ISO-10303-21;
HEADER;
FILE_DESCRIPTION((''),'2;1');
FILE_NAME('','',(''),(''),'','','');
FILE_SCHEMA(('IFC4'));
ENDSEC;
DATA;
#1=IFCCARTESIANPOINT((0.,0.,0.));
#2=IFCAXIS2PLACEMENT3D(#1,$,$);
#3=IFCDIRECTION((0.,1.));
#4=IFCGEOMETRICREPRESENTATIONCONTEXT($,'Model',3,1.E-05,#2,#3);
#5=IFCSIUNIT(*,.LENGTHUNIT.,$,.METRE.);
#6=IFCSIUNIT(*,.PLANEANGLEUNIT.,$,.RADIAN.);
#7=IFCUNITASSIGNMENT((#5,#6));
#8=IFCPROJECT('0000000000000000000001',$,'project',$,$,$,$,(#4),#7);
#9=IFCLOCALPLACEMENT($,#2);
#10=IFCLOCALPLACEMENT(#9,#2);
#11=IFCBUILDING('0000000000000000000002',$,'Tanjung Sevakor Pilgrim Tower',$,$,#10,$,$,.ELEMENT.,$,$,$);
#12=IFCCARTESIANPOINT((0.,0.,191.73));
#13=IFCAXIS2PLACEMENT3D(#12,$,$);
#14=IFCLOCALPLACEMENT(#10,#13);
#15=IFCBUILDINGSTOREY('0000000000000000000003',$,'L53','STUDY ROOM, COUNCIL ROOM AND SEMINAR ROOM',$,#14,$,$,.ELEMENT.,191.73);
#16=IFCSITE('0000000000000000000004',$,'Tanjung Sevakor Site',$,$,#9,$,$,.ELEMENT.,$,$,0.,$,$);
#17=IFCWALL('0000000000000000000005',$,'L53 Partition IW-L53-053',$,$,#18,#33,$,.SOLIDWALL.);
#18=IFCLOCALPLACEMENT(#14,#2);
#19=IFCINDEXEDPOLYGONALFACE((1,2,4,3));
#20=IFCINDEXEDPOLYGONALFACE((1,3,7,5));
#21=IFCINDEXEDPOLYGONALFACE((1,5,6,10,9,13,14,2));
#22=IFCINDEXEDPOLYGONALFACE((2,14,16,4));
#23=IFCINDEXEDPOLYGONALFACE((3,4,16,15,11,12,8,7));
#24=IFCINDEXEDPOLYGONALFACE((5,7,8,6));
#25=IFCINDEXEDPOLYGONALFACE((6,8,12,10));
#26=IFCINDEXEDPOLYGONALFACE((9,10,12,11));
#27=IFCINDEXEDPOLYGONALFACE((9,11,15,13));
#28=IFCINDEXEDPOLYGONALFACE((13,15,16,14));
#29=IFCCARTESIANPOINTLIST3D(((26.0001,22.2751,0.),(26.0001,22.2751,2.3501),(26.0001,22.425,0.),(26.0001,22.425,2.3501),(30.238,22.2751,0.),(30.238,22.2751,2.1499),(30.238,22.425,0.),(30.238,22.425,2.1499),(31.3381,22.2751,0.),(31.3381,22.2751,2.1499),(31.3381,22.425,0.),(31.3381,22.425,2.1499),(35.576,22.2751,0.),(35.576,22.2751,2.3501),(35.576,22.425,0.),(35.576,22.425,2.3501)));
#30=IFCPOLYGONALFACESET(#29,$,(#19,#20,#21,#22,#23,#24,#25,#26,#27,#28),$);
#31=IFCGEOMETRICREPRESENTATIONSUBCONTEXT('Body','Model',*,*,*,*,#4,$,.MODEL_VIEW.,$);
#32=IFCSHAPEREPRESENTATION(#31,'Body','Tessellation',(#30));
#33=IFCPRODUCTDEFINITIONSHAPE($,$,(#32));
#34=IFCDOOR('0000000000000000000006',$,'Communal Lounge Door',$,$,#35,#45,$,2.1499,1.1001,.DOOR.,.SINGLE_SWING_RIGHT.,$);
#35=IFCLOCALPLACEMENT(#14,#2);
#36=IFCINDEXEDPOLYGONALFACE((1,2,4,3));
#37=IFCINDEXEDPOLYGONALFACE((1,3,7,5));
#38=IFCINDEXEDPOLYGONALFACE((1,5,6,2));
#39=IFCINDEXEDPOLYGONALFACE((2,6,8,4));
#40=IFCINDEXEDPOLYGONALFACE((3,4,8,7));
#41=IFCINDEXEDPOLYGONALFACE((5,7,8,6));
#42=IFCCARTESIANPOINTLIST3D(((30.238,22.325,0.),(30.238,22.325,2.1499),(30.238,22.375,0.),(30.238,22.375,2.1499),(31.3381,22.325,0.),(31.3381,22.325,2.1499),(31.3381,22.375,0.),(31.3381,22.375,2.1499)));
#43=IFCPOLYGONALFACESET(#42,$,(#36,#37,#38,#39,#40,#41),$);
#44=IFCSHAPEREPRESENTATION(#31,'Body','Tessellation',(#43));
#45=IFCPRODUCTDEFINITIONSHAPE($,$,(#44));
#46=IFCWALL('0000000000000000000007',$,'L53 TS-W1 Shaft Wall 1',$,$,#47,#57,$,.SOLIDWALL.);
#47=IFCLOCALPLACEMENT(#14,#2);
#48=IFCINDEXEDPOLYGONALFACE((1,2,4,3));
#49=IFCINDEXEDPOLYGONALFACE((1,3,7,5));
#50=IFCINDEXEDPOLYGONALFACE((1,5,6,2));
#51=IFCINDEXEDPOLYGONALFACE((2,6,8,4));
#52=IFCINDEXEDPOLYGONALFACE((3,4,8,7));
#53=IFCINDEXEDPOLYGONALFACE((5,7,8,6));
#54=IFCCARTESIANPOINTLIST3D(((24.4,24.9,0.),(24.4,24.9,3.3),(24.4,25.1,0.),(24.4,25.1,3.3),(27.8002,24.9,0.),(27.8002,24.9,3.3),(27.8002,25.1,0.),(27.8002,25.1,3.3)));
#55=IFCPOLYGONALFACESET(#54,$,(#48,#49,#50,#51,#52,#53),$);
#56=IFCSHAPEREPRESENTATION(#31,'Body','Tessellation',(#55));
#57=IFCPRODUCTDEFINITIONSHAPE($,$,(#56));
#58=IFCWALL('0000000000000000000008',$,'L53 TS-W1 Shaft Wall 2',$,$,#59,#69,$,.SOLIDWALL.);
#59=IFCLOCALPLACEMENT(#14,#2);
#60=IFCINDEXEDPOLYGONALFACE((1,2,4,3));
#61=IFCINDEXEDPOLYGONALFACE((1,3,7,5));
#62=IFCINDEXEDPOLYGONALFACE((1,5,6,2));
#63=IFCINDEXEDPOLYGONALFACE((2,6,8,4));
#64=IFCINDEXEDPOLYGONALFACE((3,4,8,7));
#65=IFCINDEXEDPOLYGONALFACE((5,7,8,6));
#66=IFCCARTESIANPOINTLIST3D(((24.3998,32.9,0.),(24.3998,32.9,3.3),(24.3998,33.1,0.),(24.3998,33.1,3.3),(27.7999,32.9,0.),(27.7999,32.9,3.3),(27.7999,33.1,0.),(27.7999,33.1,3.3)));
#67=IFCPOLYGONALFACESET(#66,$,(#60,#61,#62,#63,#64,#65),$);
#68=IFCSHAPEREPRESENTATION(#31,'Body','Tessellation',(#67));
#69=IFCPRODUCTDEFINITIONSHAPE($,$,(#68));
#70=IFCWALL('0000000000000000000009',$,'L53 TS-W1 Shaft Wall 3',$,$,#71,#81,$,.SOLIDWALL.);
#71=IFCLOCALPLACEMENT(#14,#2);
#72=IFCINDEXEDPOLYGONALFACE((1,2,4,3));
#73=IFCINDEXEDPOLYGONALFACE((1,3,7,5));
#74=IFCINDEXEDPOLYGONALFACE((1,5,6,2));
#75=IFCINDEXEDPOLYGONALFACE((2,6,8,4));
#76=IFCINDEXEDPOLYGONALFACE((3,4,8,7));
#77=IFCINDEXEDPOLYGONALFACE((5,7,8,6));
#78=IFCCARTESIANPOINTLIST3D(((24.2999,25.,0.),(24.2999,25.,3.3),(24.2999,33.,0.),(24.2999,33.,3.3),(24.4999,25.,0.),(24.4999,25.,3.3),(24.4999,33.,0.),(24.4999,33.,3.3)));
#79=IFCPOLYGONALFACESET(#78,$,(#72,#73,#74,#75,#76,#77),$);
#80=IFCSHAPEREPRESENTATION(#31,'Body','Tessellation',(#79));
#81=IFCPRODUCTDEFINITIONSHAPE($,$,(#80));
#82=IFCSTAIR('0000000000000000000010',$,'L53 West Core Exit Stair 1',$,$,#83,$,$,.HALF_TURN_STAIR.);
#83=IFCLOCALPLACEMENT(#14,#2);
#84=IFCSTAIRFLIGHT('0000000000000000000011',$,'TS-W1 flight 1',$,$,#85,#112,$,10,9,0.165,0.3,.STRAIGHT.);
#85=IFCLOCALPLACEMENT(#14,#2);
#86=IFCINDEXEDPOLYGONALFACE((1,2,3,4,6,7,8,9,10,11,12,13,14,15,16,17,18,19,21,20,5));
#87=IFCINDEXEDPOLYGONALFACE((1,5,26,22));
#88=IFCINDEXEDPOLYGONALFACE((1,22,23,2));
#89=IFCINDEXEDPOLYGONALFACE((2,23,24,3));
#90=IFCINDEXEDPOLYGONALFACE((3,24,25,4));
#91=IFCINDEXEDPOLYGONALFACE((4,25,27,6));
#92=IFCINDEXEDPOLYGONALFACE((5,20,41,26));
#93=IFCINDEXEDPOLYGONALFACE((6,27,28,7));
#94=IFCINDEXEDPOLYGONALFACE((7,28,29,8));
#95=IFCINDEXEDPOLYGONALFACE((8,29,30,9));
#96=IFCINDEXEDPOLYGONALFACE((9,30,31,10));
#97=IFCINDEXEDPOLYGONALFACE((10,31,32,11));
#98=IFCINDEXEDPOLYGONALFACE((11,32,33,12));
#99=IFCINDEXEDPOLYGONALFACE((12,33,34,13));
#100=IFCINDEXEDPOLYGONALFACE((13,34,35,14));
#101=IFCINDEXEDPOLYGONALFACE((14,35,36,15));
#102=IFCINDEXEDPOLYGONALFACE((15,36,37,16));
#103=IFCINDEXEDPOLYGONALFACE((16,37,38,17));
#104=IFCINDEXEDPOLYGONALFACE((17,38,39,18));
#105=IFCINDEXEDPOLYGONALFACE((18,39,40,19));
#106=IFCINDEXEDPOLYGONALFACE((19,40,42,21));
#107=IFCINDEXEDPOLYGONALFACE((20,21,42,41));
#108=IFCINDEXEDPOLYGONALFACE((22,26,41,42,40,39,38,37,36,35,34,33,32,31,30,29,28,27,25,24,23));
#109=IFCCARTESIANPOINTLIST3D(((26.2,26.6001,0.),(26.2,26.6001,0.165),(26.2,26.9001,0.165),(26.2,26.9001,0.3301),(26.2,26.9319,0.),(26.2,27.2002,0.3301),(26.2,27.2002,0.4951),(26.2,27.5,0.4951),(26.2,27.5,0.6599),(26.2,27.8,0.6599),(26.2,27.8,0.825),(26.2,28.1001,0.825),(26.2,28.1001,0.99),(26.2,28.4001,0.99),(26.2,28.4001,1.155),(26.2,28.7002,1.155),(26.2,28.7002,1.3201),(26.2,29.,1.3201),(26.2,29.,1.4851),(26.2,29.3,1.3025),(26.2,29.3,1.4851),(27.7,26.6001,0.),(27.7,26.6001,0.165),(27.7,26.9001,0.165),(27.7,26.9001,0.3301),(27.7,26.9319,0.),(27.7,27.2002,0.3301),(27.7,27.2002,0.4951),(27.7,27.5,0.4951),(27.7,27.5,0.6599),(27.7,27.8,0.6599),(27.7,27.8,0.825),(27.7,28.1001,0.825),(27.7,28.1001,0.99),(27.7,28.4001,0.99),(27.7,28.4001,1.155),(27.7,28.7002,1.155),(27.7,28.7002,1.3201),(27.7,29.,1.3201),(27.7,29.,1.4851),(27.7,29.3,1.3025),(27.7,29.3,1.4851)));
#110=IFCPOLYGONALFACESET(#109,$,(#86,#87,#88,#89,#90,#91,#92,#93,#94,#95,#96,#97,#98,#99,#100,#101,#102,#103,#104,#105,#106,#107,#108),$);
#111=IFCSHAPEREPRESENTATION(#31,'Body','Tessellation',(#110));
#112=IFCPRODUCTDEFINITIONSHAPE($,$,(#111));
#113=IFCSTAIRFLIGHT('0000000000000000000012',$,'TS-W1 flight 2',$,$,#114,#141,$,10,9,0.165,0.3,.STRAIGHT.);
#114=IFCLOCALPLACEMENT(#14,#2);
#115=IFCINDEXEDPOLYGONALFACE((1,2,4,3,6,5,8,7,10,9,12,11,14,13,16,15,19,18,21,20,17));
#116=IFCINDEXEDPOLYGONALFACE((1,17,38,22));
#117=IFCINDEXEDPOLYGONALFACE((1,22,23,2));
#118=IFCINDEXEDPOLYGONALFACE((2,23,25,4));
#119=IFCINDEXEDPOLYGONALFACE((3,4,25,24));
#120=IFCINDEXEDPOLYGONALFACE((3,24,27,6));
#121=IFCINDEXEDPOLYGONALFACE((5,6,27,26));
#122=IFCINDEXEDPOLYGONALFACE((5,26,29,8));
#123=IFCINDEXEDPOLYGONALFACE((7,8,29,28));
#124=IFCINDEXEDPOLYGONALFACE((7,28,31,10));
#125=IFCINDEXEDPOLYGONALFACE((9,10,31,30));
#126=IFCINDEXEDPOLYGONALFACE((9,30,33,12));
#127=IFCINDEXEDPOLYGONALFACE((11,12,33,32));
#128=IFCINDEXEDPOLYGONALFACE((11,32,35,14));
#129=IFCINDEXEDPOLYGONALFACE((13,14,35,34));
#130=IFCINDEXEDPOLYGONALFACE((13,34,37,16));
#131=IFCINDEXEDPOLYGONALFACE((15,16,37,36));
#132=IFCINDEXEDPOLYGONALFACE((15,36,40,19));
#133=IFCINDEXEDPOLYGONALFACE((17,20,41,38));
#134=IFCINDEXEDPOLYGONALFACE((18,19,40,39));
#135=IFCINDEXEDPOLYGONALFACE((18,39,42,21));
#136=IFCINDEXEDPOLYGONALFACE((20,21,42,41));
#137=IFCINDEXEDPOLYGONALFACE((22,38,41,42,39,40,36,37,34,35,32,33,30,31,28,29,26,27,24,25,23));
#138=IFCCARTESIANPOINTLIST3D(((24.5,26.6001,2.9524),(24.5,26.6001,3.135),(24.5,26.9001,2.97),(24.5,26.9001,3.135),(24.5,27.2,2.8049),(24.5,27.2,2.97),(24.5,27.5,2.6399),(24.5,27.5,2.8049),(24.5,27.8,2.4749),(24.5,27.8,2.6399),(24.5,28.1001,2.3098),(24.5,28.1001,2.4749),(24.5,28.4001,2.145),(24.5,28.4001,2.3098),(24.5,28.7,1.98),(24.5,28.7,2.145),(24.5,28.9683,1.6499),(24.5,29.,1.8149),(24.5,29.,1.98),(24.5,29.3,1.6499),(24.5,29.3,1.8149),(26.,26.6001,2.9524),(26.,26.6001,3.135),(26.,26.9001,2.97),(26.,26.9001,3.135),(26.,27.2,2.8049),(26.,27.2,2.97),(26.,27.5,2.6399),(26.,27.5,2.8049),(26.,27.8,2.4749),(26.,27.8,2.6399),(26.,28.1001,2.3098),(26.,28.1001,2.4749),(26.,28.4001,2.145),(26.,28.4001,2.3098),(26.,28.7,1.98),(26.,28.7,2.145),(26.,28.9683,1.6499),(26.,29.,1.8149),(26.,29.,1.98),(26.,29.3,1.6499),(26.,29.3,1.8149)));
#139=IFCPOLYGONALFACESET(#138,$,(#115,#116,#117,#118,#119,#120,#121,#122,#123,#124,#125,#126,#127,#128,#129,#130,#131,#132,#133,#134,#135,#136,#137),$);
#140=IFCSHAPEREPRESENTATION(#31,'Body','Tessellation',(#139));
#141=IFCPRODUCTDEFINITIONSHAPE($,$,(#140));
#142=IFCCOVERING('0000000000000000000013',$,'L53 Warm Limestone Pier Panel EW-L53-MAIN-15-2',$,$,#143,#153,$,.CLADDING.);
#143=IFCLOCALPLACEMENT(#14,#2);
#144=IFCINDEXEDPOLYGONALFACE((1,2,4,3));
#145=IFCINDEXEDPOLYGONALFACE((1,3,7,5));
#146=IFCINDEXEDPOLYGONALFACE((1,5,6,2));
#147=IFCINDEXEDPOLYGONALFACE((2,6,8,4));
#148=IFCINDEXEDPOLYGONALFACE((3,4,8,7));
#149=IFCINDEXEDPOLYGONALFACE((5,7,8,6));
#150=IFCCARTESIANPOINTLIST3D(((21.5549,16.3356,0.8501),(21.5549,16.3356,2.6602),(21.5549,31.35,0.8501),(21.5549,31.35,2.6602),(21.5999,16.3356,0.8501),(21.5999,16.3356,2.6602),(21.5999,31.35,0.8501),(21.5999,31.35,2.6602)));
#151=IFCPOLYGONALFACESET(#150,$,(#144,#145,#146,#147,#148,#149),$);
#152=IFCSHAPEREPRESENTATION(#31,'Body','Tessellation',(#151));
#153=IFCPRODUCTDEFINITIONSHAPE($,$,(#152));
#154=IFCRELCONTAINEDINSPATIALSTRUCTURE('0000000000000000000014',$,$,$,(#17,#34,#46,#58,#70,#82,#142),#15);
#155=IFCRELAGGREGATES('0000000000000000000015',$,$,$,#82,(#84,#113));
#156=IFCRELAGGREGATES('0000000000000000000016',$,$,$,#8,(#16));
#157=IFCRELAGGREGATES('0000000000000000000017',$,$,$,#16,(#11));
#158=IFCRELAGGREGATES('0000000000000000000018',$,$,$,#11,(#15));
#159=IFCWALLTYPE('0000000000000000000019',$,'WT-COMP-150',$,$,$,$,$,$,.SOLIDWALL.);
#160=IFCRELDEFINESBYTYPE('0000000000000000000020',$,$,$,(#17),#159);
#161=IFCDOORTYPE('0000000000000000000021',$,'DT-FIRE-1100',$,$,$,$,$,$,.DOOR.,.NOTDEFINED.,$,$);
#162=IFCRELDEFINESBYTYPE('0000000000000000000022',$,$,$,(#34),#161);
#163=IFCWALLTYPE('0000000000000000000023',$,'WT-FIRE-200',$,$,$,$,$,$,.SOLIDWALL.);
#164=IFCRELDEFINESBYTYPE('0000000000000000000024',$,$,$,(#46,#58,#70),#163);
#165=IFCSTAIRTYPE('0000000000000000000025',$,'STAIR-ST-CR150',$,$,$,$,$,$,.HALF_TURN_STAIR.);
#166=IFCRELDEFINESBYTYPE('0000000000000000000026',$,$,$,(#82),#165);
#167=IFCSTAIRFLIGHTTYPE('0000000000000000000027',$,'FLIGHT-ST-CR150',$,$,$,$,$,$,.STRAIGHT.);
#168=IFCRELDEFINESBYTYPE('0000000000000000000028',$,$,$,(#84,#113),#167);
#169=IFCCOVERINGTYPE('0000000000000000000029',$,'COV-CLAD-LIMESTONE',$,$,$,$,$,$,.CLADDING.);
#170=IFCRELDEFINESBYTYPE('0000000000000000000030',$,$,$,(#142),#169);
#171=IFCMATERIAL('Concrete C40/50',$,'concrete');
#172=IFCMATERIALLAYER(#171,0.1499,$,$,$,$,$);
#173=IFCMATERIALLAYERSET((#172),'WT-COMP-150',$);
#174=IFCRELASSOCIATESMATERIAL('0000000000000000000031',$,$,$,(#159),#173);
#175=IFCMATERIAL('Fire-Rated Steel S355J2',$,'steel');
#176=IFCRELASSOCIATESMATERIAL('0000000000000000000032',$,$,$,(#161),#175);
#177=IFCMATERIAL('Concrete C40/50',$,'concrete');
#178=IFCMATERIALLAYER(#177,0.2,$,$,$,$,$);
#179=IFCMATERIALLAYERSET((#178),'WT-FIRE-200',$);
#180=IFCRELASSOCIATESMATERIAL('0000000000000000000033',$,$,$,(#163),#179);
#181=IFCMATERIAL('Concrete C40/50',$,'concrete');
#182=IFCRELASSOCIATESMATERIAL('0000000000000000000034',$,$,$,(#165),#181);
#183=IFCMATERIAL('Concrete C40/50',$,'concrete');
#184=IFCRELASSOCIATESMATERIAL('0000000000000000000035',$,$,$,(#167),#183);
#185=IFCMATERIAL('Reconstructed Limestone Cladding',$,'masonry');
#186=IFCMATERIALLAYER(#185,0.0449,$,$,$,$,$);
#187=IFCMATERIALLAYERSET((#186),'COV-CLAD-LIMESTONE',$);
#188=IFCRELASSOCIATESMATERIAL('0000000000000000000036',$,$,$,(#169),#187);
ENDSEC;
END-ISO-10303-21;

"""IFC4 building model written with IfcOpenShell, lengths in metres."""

from ifc_helpers import new_model, si_unit, direction, frame, frame_2d, origin, origin_2d, place, context, subcontext, project, spatial, polyline, rectangle, outline, extrude, material, layer, layer_set, type_object, element, fill, aggregate, save


model = new_model("IFC4")

# Units and contexts
model_context = context("Model", 3, precision=1e-05, world=origin(), true_north=direction((0.0, 1.0)))
body_context = subcontext(model_context, "Body", "Model", "MODEL_VIEW")
ifc_project = project(units=[si_unit("LENGTHUNIT", "METRE"), si_unit("PLANEANGLEUNIT", "RADIAN")], contexts=[model_context])

# Site, building, storey
site_placement = place(None, origin())
site = spatial("IfcSite", under=ifc_project, at=site_placement, Name="Tanjung Sevakor Site", CompositionType="ELEMENT", RefElevation=0.0)
building_placement = place(site_placement, origin())
building = spatial("IfcBuilding", under=site, at=building_placement, Name="Tanjung Sevakor Pilgrim Tower", CompositionType="ELEMENT")
storey_placement = place(building_placement, frame((0.0, 0.0, 191.73)))
storey = spatial("IfcBuildingStorey", under=building, at=storey_placement, Name="L53", Description="STUDY ROOM, COUNCIL ROOM AND SEMINAR ROOM", CompositionType="ELEMENT", Elevation=191.73)

# Shared definitions
ifc_material_1 = material(Name="Concrete C40/50", Category="concrete")
ifc_layer_1 = layer(ifc_material_1, 0.1499)
ifc_layer_set_1 = layer_set([ifc_layer_1], Name="WT-COMP-150")
wall_type_1 = type_object("IfcWallType", Name="WT-COMP-150", PredefinedType="SOLIDWALL", material=ifc_layer_set_1)

# Wall, opening, door
wall_1_placement = place(storey_placement, frame((26.0, 22.3501, 0.0), z_axis=(0.0, 0.0, 1.0), x_axis=(1.0, 0.0, 0.0)))
wall_1 = element("IfcWall", 1, at=wall_1_placement, inside=storey, type_object=wall_type_1, Name="L53 Partition IW-L53-053", PredefinedType="SOLIDWALL", context=body_context, shape_type="SweptSolid", body=[
    extrude(rectangle(XDim=9.5759, YDim=0.1499, at=frame_2d((4.7881, 0.0))), origin(), (0.0, 0.0, 1.0), 2.3501),
])
opening_1_placement = place(wall_1_placement, frame((4.238, 0.0, 0.0)))
opening_1 = element("IfcOpeningElement", 2, at=opening_1_placement, cuts=wall_1, PredefinedType="OPENING", context=body_context, shape_type="SweptSolid", body=[
    extrude(rectangle(XDim=1.1001, YDim=2.1499, at=frame_2d((0.55, 1.075))), frame((0.0, 0.085, 0.0), z_axis=(0.0, -1.0, 0.0), x_axis=(1.0, 0.0, 0.0)), (0.0, 0.0, 1.0), 0.1699),
])
ifc_material_2 = material(Name="Fire-Rated Steel S355J2", Category="steel")
door_type_1 = type_object("IfcDoorType", Name="DT-FIRE-1100", OperationType="NOTDEFINED", PredefinedType="DOOR", material=ifc_material_2)
door_1_placement = place(opening_1_placement, origin())
door_1 = element("IfcDoor", 3, at=door_1_placement, inside=storey, type_object=door_type_1, Name="Communal Lounge Door", OperationType="SINGLE_SWING_RIGHT", OverallHeight=2.1499, OverallWidth=1.1001, PredefinedType="DOOR", context=body_context, shape_type="SweptSolid", body=[
    extrude(rectangle(XDim=1.1001, YDim=2.1499, at=frame_2d((0.55, 1.075))), frame((0.0, 0.0249, 0.0), z_axis=(0.0, -1.0, 0.0), x_axis=(1.0, 0.0, 0.0)), (0.0, 0.0, 1.0), 0.05),
])
fill(opening_1, door_1)

# Walls
ifc_material_3 = material(Name="Concrete C40/50", Category="concrete")
ifc_layer_2 = layer(ifc_material_3, 0.2)
ifc_layer_set_2 = layer_set([ifc_layer_2], Name="WT-FIRE-200")
wall_type_2 = type_object("IfcWallType", Name="WT-FIRE-200", PredefinedType="SOLIDWALL", material=ifc_layer_set_2)
for number, where, z_axis, x_axis, name in (
    (4, (24.3999, 25.0, 0.0), (0.0, 0.0, 1.0), (1.0, 0.0, 0.0), "L53 TS-W1 Shaft Wall 1"),
    (5, (27.8, 33.0, 0.0), (0.0, 0.0, 1.0), (-1.0, 0.0, 0.0), "L53 TS-W1 Shaft Wall 2"),
):
    element("IfcWall", number, at=place(storey_placement, frame(where, z_axis=z_axis, x_axis=x_axis)), inside=storey, type_object=wall_type_2, Name=name, PredefinedType="SOLIDWALL", context=body_context, shape_type="SweptSolid", body=[
        extrude(rectangle(XDim=3.4001, YDim=0.2, at=frame_2d((1.7002, 0.0))), origin(), (0.0, 0.0, 1.0), 3.3),
    ])
wall_2_placement = place(storey_placement, frame((24.3999, 33.0, 0.0), z_axis=(0.0, 0.0, 1.0), x_axis=(0.0, -1.0, 0.0)))
element("IfcWall", 6, at=wall_2_placement, inside=storey, type_object=wall_type_2, Name="L53 TS-W1 Shaft Wall 3", PredefinedType="SOLIDWALL", context=body_context, shape_type="SweptSolid", body=[
    extrude(rectangle(XDim=8.0, YDim=0.2, at=frame_2d((4.0, 0.0))), origin(), (0.0, 0.0, 1.0), 3.3),
])

# Stair, stair flights
ifc_material_4 = material(Name="Concrete C40/50", Category="concrete")
stair_type = type_object("IfcStairType", Name="STAIR-ST-CR150", PredefinedType="HALF_TURN_STAIR", material=ifc_material_4)
stair_placement = place(storey_placement, origin())
stair = element("IfcStair", 7, at=stair_placement, inside=storey, type_object=stair_type, Name="L53 West Core Exit Stair 1", PredefinedType="HALF_TURN_STAIR")
ifc_material_5 = material(Name="Concrete C40/50", Category="concrete")
stair_flight_type = type_object("IfcStairFlightType", Name="FLIGHT-ST-CR150", PredefinedType="STRAIGHT", material=ifc_material_5)
stair_flight_1_placement = place(storey_placement, frame((26.95, 26.6001, 0.0), z_axis=(0.0, 0.0, 1.0), x_axis=(0.0, 1.0, 0.0)))
stair_flight_1 = element("IfcStairFlight", 8, at=stair_flight_1_placement, type_object=stair_flight_type, Name="TS-W1 flight 1", NumberOfRisers=10, NumberOfTreads=9, PredefinedType="STRAIGHT", RiserHeight=0.165, TreadLength=0.3, context=body_context, shape_type="SweptSolid", body=[
    extrude(outline(polyline([(0.0, 0.0), (0.0, 0.165), (0.3, 0.165), (0.3, 0.3301), (0.6001, 0.3301), (0.6001, 0.4951), (0.8999, 0.4951), (0.8999, 0.6599), (1.2, 0.6599), (1.2, 0.825), (1.5, 0.825), (1.5, 0.99), (1.8, 0.99), (1.8, 1.155), (2.1001, 1.155), (2.1001, 1.3201), (2.3999, 1.3201), (2.3999, 1.4851), (2.7, 1.4851), (2.7, 1.6499), (2.7, 1.3025), (0.3318, 0.0), (0.0, 0.0)])), frame((0.0, 0.75, 0.0), z_axis=(0.0, -1.0, 0.0), x_axis=(1.0, 0.0, 0.0)), (0.0, 0.0, 1.0), 1.5),
])
stair_flight_2_placement = place(storey_placement, frame((25.25, 29.3, 1.6499), z_axis=(0.0, 0.0, 1.0), x_axis=(0.0, -1.0, 0.0)))
stair_flight_2 = element("IfcStairFlight", 9, at=stair_flight_2_placement, type_object=stair_flight_type, Name="TS-W1 flight 2", NumberOfRisers=10, NumberOfTreads=9, PredefinedType="STRAIGHT", RiserHeight=0.165, TreadLength=0.3, context=body_context, shape_type="SweptSolid", body=[
    extrude(outline(polyline([(0.0, 0.0), (0.0, 0.165), (0.3, 0.165), (0.3, 0.3301), (0.6001, 0.3301), (0.6001, 0.4951), (0.8999, 0.4951), (0.8999, 0.6599), (1.2, 0.6599), (1.2, 0.825), (1.5, 0.825), (1.5, 0.99), (1.8, 0.99), (1.8, 1.155), (2.1001, 1.155), (2.1001, 1.3201), (2.3999, 1.3201), (2.3999, 1.4851), (2.7, 1.4851), (2.7, 1.6499), (2.7, 1.3025), (0.3318, 0.0), (0.0, 0.0)])), frame((0.0, 0.75, 0.0), z_axis=(0.0, -1.0, 0.0), x_axis=(1.0, 0.0, 0.0)), (0.0, 0.0, 1.0), 1.5),
])
aggregate(stair, [stair_flight_1, stair_flight_2])

# Covering
ifc_material_6 = material(Name="Reconstructed Limestone Cladding", Category="masonry")
ifc_layer_3 = layer(ifc_material_6, 0.0449)
ifc_layer_set_3 = layer_set([ifc_layer_3], Name="COV-CLAD-LIMESTONE")
covering_type = type_object("IfcCoveringType", Name="COV-CLAD-LIMESTONE", PredefinedType="CLADDING", material=ifc_layer_set_3)
covering_placement = place(storey_placement, frame((21.5774, 23.8428, 0.8501), z_axis=(0.0, 0.0, 1.0), x_axis=(0.0, -1.0, 0.0)))
element("IfcCovering", 10, at=covering_placement, inside=storey, type_object=covering_type, Name="L53 Warm Limestone Pier Panel EW-L53-MAIN-15-2", PredefinedType="CLADDING", context=body_context, shape_type="SweptSolid", body=[
    extrude(rectangle(XDim=15.0144, YDim=0.0449, at=origin_2d()), origin(), (0.0, 0.0, 1.0), 1.8101),
])

save(model, "model.ifc")
